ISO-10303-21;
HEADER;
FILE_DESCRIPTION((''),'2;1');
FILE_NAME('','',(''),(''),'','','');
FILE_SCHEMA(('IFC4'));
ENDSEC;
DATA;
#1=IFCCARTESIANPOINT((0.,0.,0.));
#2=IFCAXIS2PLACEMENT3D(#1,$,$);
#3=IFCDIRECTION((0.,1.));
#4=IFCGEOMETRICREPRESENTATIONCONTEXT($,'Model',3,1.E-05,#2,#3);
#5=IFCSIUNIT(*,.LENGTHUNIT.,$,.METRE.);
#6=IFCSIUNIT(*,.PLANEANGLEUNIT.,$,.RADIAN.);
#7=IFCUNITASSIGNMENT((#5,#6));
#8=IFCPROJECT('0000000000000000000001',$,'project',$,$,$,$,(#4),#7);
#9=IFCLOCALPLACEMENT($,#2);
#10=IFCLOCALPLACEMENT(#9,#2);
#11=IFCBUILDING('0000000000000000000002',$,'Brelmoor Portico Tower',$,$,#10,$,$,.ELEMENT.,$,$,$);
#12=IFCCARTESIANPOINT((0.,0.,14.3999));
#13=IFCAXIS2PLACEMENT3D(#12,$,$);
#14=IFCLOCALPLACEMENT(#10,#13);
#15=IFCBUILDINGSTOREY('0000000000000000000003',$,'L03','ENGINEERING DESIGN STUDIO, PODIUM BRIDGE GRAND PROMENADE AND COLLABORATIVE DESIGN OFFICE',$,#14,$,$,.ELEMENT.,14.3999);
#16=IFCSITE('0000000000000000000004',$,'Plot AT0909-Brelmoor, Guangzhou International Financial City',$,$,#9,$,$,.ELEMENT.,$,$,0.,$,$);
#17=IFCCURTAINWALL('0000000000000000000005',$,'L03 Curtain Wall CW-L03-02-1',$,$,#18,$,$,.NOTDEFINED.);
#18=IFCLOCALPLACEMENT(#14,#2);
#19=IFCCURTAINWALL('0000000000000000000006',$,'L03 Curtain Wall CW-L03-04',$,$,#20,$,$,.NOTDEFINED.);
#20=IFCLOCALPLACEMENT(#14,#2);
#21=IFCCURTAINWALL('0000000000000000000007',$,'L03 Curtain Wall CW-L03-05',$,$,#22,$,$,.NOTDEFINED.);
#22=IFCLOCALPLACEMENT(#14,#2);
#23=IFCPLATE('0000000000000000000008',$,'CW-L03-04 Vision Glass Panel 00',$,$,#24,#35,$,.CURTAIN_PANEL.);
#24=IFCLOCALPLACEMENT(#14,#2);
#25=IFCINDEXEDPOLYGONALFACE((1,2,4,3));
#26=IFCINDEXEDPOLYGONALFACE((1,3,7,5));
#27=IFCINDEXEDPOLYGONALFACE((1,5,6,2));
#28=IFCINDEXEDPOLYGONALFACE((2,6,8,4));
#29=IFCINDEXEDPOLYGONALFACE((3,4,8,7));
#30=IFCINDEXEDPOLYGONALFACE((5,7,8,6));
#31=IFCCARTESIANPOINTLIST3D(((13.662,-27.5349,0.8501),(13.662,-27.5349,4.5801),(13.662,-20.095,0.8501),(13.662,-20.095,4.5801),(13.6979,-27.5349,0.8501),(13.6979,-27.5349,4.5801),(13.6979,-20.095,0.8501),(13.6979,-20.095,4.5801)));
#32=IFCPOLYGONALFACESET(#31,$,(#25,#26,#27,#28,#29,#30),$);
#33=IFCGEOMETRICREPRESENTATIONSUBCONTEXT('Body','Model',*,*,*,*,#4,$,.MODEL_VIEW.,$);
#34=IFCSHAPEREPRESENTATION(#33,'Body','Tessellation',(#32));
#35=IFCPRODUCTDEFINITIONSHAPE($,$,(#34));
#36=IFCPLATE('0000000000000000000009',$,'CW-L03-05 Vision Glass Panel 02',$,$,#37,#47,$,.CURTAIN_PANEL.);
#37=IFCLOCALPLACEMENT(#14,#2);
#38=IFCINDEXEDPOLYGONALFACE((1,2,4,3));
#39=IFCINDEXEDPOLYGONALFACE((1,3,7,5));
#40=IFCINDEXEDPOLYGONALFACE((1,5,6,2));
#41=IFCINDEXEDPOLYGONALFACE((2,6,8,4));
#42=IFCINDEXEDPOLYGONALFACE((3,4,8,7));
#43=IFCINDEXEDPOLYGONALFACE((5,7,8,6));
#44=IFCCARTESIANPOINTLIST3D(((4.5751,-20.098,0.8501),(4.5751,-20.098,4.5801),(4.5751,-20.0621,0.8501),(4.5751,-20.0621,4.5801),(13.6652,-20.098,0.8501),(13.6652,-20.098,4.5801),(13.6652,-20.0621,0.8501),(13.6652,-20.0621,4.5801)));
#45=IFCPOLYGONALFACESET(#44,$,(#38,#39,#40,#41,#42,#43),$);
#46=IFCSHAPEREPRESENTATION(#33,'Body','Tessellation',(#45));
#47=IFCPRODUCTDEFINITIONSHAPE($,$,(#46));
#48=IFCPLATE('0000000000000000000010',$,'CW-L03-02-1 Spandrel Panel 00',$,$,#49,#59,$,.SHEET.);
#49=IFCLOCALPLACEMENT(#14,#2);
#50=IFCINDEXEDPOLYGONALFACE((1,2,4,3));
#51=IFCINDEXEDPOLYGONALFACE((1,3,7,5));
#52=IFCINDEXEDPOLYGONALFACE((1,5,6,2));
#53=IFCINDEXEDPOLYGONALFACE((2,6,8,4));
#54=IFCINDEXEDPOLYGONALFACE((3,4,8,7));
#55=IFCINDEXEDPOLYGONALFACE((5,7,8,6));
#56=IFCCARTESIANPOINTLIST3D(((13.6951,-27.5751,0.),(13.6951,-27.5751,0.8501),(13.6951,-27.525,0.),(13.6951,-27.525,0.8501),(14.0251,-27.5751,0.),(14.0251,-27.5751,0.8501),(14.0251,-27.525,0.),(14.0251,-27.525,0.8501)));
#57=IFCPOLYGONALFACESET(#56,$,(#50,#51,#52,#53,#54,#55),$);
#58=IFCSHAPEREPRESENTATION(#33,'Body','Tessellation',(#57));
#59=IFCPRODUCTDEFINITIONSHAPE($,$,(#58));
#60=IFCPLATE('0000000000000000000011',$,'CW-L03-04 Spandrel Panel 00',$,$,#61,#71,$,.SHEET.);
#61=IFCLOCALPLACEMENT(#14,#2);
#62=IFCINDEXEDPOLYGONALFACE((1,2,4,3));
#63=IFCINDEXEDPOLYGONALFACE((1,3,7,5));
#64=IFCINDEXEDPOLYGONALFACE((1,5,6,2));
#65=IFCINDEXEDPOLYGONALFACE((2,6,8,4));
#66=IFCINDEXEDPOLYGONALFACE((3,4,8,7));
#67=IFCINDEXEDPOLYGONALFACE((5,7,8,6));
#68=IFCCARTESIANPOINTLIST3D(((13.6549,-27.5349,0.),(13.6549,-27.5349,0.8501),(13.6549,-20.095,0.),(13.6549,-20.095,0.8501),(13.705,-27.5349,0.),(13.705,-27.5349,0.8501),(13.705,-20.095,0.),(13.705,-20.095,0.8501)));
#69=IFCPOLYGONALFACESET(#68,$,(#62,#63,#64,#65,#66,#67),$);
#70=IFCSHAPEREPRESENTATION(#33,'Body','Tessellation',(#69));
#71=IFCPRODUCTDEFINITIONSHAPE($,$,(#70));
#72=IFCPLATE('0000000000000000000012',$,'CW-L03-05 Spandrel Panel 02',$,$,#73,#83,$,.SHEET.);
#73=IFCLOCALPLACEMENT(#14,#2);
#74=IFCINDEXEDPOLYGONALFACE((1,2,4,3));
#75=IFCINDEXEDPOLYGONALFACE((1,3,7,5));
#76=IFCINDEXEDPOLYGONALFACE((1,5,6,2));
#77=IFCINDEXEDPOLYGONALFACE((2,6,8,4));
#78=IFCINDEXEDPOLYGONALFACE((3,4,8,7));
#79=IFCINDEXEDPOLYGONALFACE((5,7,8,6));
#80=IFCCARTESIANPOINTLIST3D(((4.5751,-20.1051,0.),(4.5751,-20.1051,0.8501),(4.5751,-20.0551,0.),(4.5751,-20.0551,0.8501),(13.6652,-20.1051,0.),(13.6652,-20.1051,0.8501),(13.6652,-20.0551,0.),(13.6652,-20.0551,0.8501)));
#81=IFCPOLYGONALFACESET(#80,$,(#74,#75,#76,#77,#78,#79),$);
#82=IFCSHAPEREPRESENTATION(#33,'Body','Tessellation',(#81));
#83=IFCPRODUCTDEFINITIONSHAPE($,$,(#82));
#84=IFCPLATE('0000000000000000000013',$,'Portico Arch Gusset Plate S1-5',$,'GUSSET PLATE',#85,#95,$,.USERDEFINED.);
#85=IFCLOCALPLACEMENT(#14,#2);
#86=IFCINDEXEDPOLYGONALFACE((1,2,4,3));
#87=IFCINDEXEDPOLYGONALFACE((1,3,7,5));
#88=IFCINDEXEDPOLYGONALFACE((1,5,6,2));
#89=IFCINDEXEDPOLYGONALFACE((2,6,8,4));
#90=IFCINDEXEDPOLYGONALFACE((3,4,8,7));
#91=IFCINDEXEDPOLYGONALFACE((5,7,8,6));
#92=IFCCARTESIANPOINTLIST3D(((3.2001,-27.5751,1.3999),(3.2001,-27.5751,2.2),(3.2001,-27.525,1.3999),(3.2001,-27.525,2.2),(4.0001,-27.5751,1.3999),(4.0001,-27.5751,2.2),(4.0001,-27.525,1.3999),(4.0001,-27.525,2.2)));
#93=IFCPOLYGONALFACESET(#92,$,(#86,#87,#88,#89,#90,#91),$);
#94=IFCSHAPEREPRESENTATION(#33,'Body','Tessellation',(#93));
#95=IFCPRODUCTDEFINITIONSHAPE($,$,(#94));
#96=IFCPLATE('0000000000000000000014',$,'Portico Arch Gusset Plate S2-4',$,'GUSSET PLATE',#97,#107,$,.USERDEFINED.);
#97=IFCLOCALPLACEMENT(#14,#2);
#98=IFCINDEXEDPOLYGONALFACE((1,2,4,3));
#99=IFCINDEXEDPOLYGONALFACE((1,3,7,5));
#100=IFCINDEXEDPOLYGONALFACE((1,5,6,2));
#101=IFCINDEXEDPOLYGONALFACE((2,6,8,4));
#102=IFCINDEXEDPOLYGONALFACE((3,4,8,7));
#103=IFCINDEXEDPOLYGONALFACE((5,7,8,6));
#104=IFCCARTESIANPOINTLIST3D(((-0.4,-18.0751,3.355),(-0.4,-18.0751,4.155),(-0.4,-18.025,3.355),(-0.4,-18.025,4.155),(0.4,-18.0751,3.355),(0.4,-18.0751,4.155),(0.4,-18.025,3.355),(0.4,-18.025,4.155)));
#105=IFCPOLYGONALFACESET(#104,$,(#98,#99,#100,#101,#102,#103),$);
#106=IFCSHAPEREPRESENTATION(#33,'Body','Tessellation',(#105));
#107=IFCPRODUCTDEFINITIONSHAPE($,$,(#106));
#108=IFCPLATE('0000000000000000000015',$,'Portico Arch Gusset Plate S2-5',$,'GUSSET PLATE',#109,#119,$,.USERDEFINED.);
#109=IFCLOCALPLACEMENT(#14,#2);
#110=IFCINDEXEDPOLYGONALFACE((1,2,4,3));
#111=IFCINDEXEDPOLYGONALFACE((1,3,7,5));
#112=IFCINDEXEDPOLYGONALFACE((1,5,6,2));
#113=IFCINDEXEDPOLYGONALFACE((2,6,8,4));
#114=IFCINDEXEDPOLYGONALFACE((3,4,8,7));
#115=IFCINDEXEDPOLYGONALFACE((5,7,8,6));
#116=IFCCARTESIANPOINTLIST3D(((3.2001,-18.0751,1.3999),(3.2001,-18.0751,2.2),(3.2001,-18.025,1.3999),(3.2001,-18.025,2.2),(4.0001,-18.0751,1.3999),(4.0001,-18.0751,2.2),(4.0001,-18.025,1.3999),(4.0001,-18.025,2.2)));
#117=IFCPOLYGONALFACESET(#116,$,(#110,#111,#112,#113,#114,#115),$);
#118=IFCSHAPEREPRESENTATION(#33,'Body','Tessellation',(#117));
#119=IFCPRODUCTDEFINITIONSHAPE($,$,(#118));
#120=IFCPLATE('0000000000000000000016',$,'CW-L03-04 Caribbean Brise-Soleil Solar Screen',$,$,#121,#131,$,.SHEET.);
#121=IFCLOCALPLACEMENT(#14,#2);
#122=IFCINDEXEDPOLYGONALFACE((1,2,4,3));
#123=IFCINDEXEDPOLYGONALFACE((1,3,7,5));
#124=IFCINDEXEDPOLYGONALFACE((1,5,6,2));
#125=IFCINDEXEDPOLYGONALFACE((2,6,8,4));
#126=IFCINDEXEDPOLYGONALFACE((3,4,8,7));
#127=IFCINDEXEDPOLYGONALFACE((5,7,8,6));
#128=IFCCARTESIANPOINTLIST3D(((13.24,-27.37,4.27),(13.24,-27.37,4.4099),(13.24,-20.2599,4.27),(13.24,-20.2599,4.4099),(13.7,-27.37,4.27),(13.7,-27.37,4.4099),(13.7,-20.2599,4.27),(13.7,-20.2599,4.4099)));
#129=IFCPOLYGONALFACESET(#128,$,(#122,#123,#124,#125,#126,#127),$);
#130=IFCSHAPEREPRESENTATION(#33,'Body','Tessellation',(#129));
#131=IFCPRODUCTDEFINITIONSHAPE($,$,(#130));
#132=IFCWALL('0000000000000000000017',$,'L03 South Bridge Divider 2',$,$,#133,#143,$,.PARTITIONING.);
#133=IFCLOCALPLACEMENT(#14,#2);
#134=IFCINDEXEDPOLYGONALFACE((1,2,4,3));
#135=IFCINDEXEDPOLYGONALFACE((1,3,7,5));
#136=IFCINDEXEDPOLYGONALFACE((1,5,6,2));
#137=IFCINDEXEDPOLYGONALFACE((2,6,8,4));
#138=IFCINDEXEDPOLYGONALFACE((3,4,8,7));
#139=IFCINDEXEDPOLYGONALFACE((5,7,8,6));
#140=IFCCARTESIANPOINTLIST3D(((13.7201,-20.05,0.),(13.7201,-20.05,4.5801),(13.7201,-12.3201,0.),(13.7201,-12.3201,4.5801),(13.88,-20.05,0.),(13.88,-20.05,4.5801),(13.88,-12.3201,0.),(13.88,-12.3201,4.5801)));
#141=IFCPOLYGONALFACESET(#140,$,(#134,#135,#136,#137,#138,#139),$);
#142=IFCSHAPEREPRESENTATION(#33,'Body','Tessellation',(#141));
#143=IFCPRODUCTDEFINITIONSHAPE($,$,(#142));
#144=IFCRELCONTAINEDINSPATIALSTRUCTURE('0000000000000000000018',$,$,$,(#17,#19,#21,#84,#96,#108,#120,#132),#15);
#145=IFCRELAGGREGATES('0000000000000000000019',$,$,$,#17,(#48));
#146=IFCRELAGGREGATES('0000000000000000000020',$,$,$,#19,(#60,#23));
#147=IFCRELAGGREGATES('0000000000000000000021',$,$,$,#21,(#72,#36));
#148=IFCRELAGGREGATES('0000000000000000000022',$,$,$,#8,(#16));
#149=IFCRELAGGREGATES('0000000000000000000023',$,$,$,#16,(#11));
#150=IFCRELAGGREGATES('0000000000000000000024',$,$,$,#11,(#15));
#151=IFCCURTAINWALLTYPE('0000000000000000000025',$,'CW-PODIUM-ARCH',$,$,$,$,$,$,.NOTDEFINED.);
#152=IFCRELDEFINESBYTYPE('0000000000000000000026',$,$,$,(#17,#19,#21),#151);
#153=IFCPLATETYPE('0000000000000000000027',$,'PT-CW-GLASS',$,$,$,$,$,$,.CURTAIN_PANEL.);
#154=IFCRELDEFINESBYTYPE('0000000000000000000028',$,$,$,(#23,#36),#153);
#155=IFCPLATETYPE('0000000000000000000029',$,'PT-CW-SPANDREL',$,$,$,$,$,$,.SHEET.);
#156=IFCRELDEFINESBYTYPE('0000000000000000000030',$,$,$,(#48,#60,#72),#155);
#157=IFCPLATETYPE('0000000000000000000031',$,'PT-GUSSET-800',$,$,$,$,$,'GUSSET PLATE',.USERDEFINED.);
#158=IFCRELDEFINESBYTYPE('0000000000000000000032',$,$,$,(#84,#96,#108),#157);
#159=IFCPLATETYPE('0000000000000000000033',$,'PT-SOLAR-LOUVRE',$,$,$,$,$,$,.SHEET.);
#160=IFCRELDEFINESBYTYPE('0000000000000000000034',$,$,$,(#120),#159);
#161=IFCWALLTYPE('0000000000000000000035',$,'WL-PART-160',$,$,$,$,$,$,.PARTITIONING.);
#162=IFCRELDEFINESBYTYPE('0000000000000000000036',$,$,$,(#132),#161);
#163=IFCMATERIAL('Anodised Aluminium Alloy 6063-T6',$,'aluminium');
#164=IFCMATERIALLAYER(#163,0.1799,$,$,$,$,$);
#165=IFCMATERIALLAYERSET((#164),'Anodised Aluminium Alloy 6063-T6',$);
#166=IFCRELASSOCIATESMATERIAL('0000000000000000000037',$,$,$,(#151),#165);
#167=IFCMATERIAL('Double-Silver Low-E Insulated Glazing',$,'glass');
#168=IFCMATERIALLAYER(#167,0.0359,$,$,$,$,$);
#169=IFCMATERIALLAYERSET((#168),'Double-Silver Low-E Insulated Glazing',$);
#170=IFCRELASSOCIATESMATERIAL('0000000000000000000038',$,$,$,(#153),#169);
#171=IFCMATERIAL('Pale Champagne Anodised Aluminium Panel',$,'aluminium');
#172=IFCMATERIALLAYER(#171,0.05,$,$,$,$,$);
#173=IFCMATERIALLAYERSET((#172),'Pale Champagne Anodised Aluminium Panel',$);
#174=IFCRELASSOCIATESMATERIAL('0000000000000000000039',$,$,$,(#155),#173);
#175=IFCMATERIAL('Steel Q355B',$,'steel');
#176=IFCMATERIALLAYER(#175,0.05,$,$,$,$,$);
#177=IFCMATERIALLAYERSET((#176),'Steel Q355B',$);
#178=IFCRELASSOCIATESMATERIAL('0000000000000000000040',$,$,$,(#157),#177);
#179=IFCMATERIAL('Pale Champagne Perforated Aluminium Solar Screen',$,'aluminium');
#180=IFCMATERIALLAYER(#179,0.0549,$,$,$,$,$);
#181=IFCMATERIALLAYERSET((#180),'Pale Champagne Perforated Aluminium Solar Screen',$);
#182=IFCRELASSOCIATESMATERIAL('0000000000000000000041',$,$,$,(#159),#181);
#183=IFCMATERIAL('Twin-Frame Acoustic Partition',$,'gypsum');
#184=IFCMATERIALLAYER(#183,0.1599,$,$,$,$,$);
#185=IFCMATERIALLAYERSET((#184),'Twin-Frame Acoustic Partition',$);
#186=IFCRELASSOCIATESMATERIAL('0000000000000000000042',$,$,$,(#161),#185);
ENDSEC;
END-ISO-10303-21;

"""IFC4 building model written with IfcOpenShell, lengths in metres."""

from ifc_helpers import new_model, si_unit, direction, frame, frame_2d, origin, origin_2d, place, context, subcontext, project, spatial, rectangle, extrude, material, layer, layer_set, type_object, element, aggregate, save


model = new_model("IFC4")

# Units and contexts
model_context = context("Model", 3, precision=1e-05, world=origin(), true_north=direction((0.0, 1.0)))
body_context = subcontext(model_context, "Body", "Model", "MODEL_VIEW")
ifc_project = project(units=[si_unit("LENGTHUNIT", "METRE"), si_unit("PLANEANGLEUNIT", "RADIAN")], contexts=[model_context])

# Site, building, storey
site_placement = place(None, origin())
site = spatial("IfcSite", under=ifc_project, at=site_placement, Name="Plot AT0909-Brelmoor, Guangzhou International Financial City", CompositionType="ELEMENT", RefElevation=0.0)
building_placement = place(site_placement, origin())
building = spatial("IfcBuilding", under=site, at=building_placement, Name="Brelmoor Portico Tower", CompositionType="ELEMENT")
storey_placement = place(building_placement, frame((0.0, 0.0, 14.3999)))
storey = spatial("IfcBuildingStorey", under=building, at=storey_placement, Name="L03", Description="ENGINEERING DESIGN STUDIO, PODIUM BRIDGE GRAND PROMENADE AND COLLABORATIVE DESIGN OFFICE", CompositionType="ELEMENT", Elevation=14.3999)

# Shared definitions
ifc_material_1 = material(Name="Steel Q355B", Category="steel")

# Curtain walls
ifc_material_2 = material(Name="Anodised Aluminium Alloy 6063-T6", Category="aluminium")
ifc_layer_1 = layer(ifc_material_2, 0.1799)
ifc_layer_set_1 = layer_set([ifc_layer_1], Name="Anodised Aluminium Alloy 6063-T6")
curtain_wall_type = type_object("IfcCurtainWallType", Name="CW-PODIUM-ARCH", PredefinedType="NOTDEFINED", material=ifc_layer_set_1)
curtain_wall_1_placement = place(storey_placement, origin())
curtain_wall_1 = element("IfcCurtainWall", 1, at=curtain_wall_1_placement, inside=storey, type_object=curtain_wall_type, Name="L03 Curtain Wall CW-L03-02-1", PredefinedType="NOTDEFINED")
curtain_wall_2_placement = place(storey_placement, origin())
curtain_wall_2 = element("IfcCurtainWall", 2, at=curtain_wall_2_placement, inside=storey, type_object=curtain_wall_type, Name="L03 Curtain Wall CW-L03-04", PredefinedType="NOTDEFINED")
curtain_wall_3_placement = place(storey_placement, origin())
curtain_wall_3 = element("IfcCurtainWall", 3, at=curtain_wall_3_placement, inside=storey, type_object=curtain_wall_type, Name="L03 Curtain Wall CW-L03-05", PredefinedType="NOTDEFINED")

# Plates
ifc_material_3 = material(Name="Double-Silver Low-E Insulated Glazing", Category="glass")
ifc_layer_2 = layer(ifc_material_3, 0.0359)
ifc_layer_set_2 = layer_set([ifc_layer_2], Name="Double-Silver Low-E Insulated Glazing")
plate_type_1 = type_object("IfcPlateType", Name="PT-CW-GLASS", PredefinedType="CURTAIN_PANEL", material=ifc_layer_set_2)
plate_1_placement = place(storey_placement, frame((13.6799, -23.8149, 0.8501), z_axis=(0.0, 0.0, 1.0), x_axis=(0.0, 1.0, 0.0)))
plate_1 = element("IfcPlate", 4, at=plate_1_placement, type_object=plate_type_1, Name="CW-L03-04 Vision Glass Panel 00", PredefinedType="CURTAIN_PANEL", context=body_context, shape_type="SweptSolid", body=[
    extrude(rectangle(XDim=7.4399, YDim=0.0359, at=origin_2d()), origin(), (0.0, 0.0, 1.0), 3.73),
])
plate_2_placement = place(storey_placement, frame((9.1201, -20.0801, 0.8501), z_axis=(0.0, 0.0, 1.0), x_axis=(1.0, 0.0, 0.0)))
plate_2 = element("IfcPlate", 5, at=plate_2_placement, type_object=plate_type_1, Name="CW-L03-05 Vision Glass Panel 02", PredefinedType="CURTAIN_PANEL", context=body_context, shape_type="SweptSolid", body=[
    extrude(rectangle(XDim=9.0901, YDim=0.0359, at=origin_2d()), origin(), (0.0, 0.0, 1.0), 3.73),
])
ifc_material_4 = material(Name="Pale Champagne Anodised Aluminium Panel", Category="aluminium")
ifc_layer_3 = layer(ifc_material_4, 0.05)
ifc_layer_set_3 = layer_set([ifc_layer_3], Name="Pale Champagne Anodised Aluminium Panel")
plate_type_2 = type_object("IfcPlateType", Name="PT-CW-SPANDREL", PredefinedType="SHEET", material=ifc_layer_set_3)
plate_3_placement = place(storey_placement, frame((13.8601, -27.55, 0.0), z_axis=(0.0, 0.0, 1.0), x_axis=(1.0, 0.0, 0.0)))
plate_3 = element("IfcPlate", 6, at=plate_3_placement, type_object=plate_type_2, Name="CW-L03-02-1 Spandrel Panel 00", PredefinedType="SHEET", context=body_context, shape_type="SweptSolid", body=[
    extrude(rectangle(XDim=0.3301, YDim=0.05, at=origin_2d()), origin(), (0.0, 0.0, 1.0), 0.8501),
])
aggregate(curtain_wall_1, [plate_3])
plate_4_placement = place(storey_placement, frame((13.6799, -23.8149, 0.0), z_axis=(0.0, 0.0, 1.0), x_axis=(0.0, 1.0, 0.0)))
plate_4 = element("IfcPlate", 7, at=plate_4_placement, type_object=plate_type_2, Name="CW-L03-04 Spandrel Panel 00", PredefinedType="SHEET", context=body_context, shape_type="SweptSolid", body=[
    extrude(rectangle(XDim=7.4399, YDim=0.05, at=origin_2d()), origin(), (0.0, 0.0, 1.0), 0.8501),
])
aggregate(curtain_wall_2, [plate_4, plate_1])
plate_5_placement = place(storey_placement, frame((9.1201, -20.0801, 0.0), z_axis=(0.0, 0.0, 1.0), x_axis=(1.0, 0.0, 0.0)))
plate_5 = element("IfcPlate", 8, at=plate_5_placement, type_object=plate_type_2, Name="CW-L03-05 Spandrel Panel 02", PredefinedType="SHEET", context=body_context, shape_type="SweptSolid", body=[
    extrude(rectangle(XDim=9.0901, YDim=0.05, at=origin_2d()), origin(), (0.0, 0.0, 1.0), 0.8501),
])
aggregate(curtain_wall_3, [plate_5, plate_2])

# Plates
ifc_layer_4 = layer(ifc_material_1, 0.05)
ifc_layer_set_4 = layer_set([ifc_layer_4], Name="Steel Q355B")
plate_type_3 = type_object("IfcPlateType", Name="PT-GUSSET-800", ElementType="GUSSET PLATE", PredefinedType="USERDEFINED", material=ifc_layer_set_4)
for number, where, z_axis, x_axis, name in (
    (9, (3.6001, -27.55, 1.3999), (0.0, 0.0, 1.0), (1.0, 0.0, 0.0), "Portico Arch Gusset Plate S1-5"),
    (10, (0.0, -18.05, 3.355), (0.0, 0.0, 1.0), (1.0, 0.0, 0.0), "Portico Arch Gusset Plate S2-4"),
    (11, (3.6001, -18.05, 1.3999), (0.0, 0.0, 1.0), (1.0, 0.0, 0.0), "Portico Arch Gusset Plate S2-5"),
):
    element("IfcPlate", number, at=place(storey_placement, frame(where, z_axis=z_axis, x_axis=x_axis)), inside=storey, type_object=plate_type_3, Name=name, ObjectType="GUSSET PLATE", PredefinedType="USERDEFINED", context=body_context, shape_type="SweptSolid", body=[
        extrude(rectangle(XDim=0.8, YDim=0.05, at=origin_2d()), origin(), (0.0, 0.0, 1.0), 0.8),
    ])
ifc_material_5 = material(Name="Pale Champagne Perforated Aluminium Solar Screen", Category="aluminium")
ifc_layer_5 = layer(ifc_material_5, 0.0549)
ifc_layer_set_5 = layer_set([ifc_layer_5], Name="Pale Champagne Perforated Aluminium Solar Screen")
plate_type_4 = type_object("IfcPlateType", Name="PT-SOLAR-LOUVRE", PredefinedType="SHEET", material=ifc_layer_set_5)
plate_6_placement = place(storey_placement, frame((13.47, -23.8149, 4.27), z_axis=(0.0, 0.0, 1.0), x_axis=(0.0, 1.0, 0.0)))
element("IfcPlate", 12, at=plate_6_placement, inside=storey, type_object=plate_type_4, Name="CW-L03-04 Caribbean Brise-Soleil Solar Screen", PredefinedType="SHEET", context=body_context, shape_type="SweptSolid", body=[
    extrude(rectangle(XDim=7.1101, YDim=0.46, at=origin_2d()), origin(), (0.0, 0.0, 1.0), 0.1399),
])

# Wall
ifc_material_6 = material(Name="Twin-Frame Acoustic Partition", Category="gypsum")
ifc_layer_6 = layer(ifc_material_6, 0.1599)
ifc_layer_set_6 = layer_set([ifc_layer_6], Name="Twin-Frame Acoustic Partition")
wall_type = type_object("IfcWallType", Name="WL-PART-160", PredefinedType="PARTITIONING", material=ifc_layer_set_6)
wall_placement = place(storey_placement, frame((13.8, -20.05, 0.0), z_axis=(0.0, 0.0, 1.0), x_axis=(0.0, 1.0, 0.0)))
element("IfcWall", 13, at=wall_placement, inside=storey, type_object=wall_type, Name="L03 South Bridge Divider 2", PredefinedType="PARTITIONING", context=body_context, shape_type="SweptSolid", body=[
    extrude(rectangle(XDim=7.73, YDim=0.1599, at=frame_2d((3.865, 0.0))), origin(), (0.0, 0.0, 1.0), 4.5801),
])

save(model, "model.ifc")
